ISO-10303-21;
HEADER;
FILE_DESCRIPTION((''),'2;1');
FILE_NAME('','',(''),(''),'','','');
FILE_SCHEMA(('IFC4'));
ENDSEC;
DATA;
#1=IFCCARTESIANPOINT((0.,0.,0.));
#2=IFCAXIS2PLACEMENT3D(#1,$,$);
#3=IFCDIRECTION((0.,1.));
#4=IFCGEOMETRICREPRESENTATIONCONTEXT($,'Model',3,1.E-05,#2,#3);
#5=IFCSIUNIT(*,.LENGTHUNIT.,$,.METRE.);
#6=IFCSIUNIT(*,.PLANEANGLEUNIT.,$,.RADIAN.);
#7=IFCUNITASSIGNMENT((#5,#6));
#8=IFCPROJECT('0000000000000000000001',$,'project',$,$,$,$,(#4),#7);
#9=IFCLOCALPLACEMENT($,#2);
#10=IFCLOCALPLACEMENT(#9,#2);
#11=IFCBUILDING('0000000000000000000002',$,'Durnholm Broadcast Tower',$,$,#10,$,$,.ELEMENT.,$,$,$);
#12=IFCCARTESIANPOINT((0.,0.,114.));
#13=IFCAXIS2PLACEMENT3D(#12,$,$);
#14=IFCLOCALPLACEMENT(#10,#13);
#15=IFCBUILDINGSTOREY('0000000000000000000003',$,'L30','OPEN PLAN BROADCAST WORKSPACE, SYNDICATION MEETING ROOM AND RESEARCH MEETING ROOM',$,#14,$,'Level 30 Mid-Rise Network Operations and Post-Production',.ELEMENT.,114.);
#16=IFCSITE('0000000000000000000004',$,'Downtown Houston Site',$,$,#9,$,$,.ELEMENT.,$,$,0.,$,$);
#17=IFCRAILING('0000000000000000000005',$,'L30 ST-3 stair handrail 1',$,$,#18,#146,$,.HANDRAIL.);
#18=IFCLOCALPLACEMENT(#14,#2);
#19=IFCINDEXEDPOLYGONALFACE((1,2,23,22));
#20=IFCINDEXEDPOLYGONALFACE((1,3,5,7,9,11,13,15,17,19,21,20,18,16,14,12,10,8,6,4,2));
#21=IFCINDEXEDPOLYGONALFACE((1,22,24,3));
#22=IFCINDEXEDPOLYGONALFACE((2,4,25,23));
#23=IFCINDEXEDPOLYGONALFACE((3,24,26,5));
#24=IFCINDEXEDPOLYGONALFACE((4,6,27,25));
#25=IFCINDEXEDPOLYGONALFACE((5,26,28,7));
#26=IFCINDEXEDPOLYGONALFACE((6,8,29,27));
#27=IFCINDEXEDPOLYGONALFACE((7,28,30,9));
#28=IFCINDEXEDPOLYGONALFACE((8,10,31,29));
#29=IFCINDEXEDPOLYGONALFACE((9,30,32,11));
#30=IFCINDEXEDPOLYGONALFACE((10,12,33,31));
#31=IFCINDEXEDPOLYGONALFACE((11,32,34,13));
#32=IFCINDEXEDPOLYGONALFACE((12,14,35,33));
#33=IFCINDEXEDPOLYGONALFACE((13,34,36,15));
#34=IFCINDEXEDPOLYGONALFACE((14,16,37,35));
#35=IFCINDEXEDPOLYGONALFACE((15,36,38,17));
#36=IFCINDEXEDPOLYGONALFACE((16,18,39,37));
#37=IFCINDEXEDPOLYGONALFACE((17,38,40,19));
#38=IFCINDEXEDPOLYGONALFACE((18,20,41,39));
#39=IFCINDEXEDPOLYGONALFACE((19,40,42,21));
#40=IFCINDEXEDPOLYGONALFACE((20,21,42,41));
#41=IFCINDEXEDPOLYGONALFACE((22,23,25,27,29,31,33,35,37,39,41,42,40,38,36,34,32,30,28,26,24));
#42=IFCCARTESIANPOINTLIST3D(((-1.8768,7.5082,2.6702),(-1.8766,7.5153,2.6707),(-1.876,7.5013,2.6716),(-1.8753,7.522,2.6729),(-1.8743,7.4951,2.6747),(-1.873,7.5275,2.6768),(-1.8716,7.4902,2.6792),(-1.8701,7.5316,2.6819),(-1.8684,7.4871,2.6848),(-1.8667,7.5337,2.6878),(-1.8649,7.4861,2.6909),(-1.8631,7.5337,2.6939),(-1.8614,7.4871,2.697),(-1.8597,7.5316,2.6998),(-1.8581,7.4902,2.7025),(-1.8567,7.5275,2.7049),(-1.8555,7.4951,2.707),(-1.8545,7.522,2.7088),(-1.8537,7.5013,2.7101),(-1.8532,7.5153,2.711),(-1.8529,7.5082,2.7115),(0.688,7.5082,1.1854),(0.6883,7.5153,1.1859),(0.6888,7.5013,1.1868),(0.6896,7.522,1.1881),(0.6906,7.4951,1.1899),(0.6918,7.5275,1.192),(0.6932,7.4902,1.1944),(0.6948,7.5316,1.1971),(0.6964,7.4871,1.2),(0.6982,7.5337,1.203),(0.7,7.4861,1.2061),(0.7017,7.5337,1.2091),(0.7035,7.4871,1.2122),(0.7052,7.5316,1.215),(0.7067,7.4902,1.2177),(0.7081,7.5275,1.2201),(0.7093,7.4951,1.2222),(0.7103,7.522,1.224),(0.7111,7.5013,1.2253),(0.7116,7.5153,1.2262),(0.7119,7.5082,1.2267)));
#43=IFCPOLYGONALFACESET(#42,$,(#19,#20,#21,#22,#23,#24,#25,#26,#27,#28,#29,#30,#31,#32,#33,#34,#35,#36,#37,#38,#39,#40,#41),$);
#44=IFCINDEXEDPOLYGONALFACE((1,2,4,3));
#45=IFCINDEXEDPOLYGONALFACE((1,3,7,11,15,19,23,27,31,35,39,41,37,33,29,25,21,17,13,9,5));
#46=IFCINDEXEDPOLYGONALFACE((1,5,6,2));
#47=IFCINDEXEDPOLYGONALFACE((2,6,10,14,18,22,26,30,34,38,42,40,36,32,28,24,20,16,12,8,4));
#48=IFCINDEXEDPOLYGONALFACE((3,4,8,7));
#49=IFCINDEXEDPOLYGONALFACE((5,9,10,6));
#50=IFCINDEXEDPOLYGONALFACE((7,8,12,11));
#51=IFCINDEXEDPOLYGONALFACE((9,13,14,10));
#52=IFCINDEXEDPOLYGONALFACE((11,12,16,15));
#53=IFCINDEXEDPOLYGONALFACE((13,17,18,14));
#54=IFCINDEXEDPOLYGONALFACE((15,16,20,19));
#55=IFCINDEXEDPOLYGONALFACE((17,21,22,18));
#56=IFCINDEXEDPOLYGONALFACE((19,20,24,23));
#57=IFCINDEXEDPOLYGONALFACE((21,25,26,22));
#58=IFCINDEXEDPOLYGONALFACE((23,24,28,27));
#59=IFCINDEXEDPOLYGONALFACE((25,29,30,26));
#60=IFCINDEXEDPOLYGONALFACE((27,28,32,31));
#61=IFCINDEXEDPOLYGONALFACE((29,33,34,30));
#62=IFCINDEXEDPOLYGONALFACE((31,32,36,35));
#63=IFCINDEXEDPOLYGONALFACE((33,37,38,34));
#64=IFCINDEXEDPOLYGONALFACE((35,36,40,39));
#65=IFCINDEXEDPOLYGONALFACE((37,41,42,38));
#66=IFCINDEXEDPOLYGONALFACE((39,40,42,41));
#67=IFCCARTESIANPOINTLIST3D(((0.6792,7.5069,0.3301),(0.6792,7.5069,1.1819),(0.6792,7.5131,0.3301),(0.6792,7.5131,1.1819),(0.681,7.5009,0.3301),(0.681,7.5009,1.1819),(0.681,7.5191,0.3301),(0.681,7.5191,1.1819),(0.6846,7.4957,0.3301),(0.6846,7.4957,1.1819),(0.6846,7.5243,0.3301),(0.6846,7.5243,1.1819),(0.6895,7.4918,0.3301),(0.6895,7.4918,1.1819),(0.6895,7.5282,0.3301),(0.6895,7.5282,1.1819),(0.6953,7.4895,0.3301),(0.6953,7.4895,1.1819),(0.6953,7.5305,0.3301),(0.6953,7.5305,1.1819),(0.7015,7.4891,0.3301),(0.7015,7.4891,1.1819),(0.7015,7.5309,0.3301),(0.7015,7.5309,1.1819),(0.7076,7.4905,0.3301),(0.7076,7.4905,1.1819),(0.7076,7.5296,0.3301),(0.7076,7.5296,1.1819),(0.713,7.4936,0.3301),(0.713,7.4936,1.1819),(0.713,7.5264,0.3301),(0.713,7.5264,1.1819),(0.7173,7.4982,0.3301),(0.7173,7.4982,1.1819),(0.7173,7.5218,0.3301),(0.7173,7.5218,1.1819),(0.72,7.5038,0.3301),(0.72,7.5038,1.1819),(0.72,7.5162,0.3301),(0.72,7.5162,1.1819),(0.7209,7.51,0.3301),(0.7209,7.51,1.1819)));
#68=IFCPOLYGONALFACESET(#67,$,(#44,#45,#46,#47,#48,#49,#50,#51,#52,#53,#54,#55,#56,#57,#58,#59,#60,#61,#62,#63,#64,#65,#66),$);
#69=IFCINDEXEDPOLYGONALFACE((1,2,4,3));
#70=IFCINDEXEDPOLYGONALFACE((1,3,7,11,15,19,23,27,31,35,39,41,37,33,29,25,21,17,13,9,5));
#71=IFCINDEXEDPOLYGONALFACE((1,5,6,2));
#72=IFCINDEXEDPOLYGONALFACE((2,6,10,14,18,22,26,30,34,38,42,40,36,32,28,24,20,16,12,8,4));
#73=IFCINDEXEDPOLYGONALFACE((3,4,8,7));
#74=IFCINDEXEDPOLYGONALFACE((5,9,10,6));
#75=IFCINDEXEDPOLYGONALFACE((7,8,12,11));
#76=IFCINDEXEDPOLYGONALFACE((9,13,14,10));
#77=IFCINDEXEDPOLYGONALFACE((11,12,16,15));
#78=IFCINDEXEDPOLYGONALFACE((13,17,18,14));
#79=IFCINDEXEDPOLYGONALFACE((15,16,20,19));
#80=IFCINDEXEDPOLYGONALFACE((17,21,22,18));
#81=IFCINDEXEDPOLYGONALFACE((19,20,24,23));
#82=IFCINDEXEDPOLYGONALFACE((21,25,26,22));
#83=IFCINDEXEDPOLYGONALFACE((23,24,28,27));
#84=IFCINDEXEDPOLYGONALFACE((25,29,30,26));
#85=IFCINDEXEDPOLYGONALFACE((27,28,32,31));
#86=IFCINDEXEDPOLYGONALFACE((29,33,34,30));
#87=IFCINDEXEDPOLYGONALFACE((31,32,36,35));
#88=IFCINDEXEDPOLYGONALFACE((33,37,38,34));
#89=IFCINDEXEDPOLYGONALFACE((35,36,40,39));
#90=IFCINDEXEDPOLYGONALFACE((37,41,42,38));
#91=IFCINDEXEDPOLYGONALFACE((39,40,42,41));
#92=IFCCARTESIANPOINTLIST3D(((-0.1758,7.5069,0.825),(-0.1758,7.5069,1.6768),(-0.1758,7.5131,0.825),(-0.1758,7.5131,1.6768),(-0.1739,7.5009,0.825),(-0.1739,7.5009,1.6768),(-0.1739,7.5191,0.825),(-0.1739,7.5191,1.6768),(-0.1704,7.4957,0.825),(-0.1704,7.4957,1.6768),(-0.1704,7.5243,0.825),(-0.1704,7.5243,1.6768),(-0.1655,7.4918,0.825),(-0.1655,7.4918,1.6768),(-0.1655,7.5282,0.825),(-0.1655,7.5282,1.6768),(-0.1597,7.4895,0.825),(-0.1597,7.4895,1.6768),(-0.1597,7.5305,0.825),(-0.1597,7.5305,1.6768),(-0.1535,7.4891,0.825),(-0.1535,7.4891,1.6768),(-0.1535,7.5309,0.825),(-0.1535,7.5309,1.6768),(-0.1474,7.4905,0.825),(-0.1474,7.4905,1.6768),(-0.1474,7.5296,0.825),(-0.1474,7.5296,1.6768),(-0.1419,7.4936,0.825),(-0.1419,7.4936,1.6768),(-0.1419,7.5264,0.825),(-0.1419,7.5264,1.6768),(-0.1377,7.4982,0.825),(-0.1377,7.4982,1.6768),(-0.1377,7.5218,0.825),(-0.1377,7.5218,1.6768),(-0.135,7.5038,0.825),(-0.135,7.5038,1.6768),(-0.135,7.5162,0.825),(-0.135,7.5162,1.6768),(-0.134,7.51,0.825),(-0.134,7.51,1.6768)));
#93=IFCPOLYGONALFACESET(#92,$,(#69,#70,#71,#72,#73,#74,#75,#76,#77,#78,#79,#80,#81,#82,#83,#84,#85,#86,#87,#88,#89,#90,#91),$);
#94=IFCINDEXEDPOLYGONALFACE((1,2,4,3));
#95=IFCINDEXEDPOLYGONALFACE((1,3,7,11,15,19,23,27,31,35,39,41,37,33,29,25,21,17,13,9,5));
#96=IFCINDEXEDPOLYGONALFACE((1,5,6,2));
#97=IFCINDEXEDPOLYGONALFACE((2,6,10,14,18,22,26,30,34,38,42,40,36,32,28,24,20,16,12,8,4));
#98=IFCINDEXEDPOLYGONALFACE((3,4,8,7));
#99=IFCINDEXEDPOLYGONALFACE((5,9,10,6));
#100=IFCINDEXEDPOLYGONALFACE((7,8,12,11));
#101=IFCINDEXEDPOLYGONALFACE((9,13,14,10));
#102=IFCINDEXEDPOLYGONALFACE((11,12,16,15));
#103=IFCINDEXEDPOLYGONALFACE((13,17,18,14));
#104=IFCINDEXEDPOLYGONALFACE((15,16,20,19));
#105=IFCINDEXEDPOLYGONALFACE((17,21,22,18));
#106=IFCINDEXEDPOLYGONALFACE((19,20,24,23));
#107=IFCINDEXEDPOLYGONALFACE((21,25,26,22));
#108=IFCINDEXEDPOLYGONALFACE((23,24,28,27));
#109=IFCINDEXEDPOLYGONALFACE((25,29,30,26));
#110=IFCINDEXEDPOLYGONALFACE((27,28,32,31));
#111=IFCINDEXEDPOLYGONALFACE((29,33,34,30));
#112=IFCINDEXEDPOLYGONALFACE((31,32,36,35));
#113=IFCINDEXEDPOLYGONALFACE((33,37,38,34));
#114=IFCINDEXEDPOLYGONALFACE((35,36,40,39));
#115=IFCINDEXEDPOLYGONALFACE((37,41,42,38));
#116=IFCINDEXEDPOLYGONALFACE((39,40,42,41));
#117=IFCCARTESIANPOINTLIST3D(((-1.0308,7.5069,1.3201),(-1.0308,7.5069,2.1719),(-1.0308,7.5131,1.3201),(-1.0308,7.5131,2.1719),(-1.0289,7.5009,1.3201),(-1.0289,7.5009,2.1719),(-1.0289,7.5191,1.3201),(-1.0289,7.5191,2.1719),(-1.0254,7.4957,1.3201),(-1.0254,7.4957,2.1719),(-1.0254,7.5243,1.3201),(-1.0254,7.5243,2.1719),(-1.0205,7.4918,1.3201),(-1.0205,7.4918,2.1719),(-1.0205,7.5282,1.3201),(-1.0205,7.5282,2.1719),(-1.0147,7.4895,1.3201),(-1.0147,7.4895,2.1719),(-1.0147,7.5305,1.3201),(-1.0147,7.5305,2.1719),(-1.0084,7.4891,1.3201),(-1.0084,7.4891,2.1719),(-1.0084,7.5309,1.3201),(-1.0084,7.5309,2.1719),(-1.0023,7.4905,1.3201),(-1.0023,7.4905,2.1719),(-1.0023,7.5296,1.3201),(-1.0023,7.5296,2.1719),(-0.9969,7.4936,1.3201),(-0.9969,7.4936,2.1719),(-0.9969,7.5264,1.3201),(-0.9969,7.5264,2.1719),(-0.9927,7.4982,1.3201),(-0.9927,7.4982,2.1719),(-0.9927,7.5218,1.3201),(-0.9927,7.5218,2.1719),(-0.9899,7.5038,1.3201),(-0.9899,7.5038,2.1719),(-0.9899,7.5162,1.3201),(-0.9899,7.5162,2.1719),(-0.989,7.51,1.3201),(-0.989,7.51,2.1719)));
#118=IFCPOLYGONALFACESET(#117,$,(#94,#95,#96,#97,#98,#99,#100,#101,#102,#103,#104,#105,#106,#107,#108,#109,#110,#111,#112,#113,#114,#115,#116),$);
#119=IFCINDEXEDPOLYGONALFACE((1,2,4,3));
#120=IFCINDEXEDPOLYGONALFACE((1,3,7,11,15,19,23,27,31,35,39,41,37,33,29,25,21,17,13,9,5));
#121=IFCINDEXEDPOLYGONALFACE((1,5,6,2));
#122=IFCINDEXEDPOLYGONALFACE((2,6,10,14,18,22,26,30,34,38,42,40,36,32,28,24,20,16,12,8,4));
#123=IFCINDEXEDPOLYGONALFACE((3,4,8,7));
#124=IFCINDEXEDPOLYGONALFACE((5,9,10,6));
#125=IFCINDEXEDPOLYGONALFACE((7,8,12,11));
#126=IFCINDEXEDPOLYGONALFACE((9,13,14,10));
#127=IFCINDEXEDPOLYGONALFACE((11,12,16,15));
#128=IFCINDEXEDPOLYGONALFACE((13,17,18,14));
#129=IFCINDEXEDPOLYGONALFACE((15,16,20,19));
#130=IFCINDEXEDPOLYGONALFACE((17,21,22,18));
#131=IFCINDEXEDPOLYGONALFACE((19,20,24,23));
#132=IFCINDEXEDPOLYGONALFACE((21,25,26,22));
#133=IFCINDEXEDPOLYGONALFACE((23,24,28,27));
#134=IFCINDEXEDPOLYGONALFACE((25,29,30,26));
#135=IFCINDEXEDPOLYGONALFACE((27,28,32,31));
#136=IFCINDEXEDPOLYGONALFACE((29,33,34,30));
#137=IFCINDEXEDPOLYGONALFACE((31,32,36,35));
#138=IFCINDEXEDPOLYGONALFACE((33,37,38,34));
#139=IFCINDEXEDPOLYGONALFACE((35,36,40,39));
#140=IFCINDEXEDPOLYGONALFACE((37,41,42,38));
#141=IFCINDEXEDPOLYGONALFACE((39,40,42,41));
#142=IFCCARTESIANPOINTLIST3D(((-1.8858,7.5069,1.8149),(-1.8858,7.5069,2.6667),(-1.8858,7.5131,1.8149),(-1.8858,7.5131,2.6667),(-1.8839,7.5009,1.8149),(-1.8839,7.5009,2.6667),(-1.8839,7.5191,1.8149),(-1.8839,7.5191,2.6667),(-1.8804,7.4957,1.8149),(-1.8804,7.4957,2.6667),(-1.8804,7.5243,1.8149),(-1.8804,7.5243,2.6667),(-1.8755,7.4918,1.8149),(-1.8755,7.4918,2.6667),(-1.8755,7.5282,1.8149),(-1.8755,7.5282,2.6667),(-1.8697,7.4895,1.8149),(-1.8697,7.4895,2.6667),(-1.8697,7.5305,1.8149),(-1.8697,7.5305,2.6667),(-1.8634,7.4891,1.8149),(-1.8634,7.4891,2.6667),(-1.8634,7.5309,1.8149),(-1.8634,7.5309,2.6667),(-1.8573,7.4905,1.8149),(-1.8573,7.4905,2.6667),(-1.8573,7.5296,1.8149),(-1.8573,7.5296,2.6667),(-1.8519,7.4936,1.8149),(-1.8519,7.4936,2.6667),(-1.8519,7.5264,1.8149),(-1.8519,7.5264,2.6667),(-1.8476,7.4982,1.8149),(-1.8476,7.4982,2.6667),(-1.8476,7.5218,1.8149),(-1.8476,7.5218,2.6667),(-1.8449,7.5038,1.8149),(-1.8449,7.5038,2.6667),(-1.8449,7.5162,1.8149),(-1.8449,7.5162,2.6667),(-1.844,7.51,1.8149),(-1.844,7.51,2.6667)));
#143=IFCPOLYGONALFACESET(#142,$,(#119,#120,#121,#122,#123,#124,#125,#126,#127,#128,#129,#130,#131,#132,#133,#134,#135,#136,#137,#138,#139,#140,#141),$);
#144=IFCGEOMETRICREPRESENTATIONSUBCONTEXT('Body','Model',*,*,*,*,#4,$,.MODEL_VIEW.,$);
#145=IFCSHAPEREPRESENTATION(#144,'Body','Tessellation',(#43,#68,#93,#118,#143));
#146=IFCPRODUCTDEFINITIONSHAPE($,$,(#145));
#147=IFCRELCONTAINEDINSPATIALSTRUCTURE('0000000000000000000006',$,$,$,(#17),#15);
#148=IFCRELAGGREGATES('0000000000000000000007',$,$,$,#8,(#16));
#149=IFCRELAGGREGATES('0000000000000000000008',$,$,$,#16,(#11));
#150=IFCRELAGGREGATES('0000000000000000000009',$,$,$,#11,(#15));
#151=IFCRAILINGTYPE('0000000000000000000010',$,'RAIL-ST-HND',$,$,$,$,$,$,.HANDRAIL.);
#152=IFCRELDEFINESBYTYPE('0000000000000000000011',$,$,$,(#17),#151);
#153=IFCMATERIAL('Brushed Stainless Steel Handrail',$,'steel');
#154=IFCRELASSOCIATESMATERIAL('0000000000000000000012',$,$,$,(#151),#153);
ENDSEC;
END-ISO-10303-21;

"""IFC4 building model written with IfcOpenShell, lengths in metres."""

from ifc_helpers import new_model, si_unit, direction, frame, origin, origin_2d, place, context, subcontext, project, spatial, circle, extrude, material, type_object, element, save


model = new_model("IFC4")

# Units and contexts
model_context = context("Model", 3, precision=1e-05, world=origin(), true_north=direction((0.0, 1.0)))
body_context = subcontext(model_context, "Body", "Model", "MODEL_VIEW")
ifc_project = project(units=[si_unit("LENGTHUNIT", "METRE"), si_unit("PLANEANGLEUNIT", "RADIAN")], contexts=[model_context])

# Site, building, storey
site_placement = place(None, origin())
site = spatial("IfcSite", under=ifc_project, at=site_placement, Name="Downtown Houston Site", CompositionType="ELEMENT", RefElevation=0.0)
building_placement = place(site_placement, origin())
building = spatial("IfcBuilding", under=site, at=building_placement, Name="Durnholm Broadcast Tower", CompositionType="ELEMENT")
storey_placement = place(building_placement, frame((0.0, 0.0, 114.0)))
storey = spatial("IfcBuildingStorey", under=building, at=storey_placement, Name="L30", Description="OPEN PLAN BROADCAST WORKSPACE, SYNDICATION MEETING ROOM AND RESEARCH MEETING ROOM", LongName="Level 30 Mid-Rise Network Operations and Post-Production", CompositionType="ELEMENT", Elevation=114.0)

# Railing
ifc_material_1 = material(Name="Brushed Stainless Steel Handrail", Category="steel")
railing_type_1 = type_object("IfcRailingType", Name="RAIL-ST-HND", PredefinedType="HANDRAIL", material=ifc_material_1)
railing_1_placement = place(storey_placement, frame((0.7, 7.51, 0.3301)))
element("IfcRailing", 1, at=railing_1_placement, inside=storey, type_object=railing_type_1, Name="L30 ST-3 stair handrail 1", PredefinedType="HANDRAIL", context=body_context, shape_type="SweptSolid", body=[
    extrude(circle(Radius=0.0239, at=origin_2d()), frame((0.0, 0.0, 0.876), z_axis=(-0.865441, 0.0, 0.50101), x_axis=(0.0, -1.0, 0.0)), (0.0, 0.0, 1.0), 2.9636),
    extrude(circle(Radius=0.021, at=origin_2d()), origin(), (0.0, 0.0, 1.0), 0.8518),
    extrude(circle(Radius=0.021, at=origin_2d()), frame((-0.855, 0.0, 0.4949)), (0.0, 0.0, 1.0), 0.8518),
    extrude(circle(Radius=0.021, at=origin_2d()), frame((-1.71, 0.0, 0.99)), (0.0, 0.0, 1.0), 0.8518),
    extrude(circle(Radius=0.021, at=origin_2d()), frame((-2.5649, 0.0, 1.4849)), (0.0, 0.0, 1.0), 0.8518),
])

save(model, "model.ifc")
